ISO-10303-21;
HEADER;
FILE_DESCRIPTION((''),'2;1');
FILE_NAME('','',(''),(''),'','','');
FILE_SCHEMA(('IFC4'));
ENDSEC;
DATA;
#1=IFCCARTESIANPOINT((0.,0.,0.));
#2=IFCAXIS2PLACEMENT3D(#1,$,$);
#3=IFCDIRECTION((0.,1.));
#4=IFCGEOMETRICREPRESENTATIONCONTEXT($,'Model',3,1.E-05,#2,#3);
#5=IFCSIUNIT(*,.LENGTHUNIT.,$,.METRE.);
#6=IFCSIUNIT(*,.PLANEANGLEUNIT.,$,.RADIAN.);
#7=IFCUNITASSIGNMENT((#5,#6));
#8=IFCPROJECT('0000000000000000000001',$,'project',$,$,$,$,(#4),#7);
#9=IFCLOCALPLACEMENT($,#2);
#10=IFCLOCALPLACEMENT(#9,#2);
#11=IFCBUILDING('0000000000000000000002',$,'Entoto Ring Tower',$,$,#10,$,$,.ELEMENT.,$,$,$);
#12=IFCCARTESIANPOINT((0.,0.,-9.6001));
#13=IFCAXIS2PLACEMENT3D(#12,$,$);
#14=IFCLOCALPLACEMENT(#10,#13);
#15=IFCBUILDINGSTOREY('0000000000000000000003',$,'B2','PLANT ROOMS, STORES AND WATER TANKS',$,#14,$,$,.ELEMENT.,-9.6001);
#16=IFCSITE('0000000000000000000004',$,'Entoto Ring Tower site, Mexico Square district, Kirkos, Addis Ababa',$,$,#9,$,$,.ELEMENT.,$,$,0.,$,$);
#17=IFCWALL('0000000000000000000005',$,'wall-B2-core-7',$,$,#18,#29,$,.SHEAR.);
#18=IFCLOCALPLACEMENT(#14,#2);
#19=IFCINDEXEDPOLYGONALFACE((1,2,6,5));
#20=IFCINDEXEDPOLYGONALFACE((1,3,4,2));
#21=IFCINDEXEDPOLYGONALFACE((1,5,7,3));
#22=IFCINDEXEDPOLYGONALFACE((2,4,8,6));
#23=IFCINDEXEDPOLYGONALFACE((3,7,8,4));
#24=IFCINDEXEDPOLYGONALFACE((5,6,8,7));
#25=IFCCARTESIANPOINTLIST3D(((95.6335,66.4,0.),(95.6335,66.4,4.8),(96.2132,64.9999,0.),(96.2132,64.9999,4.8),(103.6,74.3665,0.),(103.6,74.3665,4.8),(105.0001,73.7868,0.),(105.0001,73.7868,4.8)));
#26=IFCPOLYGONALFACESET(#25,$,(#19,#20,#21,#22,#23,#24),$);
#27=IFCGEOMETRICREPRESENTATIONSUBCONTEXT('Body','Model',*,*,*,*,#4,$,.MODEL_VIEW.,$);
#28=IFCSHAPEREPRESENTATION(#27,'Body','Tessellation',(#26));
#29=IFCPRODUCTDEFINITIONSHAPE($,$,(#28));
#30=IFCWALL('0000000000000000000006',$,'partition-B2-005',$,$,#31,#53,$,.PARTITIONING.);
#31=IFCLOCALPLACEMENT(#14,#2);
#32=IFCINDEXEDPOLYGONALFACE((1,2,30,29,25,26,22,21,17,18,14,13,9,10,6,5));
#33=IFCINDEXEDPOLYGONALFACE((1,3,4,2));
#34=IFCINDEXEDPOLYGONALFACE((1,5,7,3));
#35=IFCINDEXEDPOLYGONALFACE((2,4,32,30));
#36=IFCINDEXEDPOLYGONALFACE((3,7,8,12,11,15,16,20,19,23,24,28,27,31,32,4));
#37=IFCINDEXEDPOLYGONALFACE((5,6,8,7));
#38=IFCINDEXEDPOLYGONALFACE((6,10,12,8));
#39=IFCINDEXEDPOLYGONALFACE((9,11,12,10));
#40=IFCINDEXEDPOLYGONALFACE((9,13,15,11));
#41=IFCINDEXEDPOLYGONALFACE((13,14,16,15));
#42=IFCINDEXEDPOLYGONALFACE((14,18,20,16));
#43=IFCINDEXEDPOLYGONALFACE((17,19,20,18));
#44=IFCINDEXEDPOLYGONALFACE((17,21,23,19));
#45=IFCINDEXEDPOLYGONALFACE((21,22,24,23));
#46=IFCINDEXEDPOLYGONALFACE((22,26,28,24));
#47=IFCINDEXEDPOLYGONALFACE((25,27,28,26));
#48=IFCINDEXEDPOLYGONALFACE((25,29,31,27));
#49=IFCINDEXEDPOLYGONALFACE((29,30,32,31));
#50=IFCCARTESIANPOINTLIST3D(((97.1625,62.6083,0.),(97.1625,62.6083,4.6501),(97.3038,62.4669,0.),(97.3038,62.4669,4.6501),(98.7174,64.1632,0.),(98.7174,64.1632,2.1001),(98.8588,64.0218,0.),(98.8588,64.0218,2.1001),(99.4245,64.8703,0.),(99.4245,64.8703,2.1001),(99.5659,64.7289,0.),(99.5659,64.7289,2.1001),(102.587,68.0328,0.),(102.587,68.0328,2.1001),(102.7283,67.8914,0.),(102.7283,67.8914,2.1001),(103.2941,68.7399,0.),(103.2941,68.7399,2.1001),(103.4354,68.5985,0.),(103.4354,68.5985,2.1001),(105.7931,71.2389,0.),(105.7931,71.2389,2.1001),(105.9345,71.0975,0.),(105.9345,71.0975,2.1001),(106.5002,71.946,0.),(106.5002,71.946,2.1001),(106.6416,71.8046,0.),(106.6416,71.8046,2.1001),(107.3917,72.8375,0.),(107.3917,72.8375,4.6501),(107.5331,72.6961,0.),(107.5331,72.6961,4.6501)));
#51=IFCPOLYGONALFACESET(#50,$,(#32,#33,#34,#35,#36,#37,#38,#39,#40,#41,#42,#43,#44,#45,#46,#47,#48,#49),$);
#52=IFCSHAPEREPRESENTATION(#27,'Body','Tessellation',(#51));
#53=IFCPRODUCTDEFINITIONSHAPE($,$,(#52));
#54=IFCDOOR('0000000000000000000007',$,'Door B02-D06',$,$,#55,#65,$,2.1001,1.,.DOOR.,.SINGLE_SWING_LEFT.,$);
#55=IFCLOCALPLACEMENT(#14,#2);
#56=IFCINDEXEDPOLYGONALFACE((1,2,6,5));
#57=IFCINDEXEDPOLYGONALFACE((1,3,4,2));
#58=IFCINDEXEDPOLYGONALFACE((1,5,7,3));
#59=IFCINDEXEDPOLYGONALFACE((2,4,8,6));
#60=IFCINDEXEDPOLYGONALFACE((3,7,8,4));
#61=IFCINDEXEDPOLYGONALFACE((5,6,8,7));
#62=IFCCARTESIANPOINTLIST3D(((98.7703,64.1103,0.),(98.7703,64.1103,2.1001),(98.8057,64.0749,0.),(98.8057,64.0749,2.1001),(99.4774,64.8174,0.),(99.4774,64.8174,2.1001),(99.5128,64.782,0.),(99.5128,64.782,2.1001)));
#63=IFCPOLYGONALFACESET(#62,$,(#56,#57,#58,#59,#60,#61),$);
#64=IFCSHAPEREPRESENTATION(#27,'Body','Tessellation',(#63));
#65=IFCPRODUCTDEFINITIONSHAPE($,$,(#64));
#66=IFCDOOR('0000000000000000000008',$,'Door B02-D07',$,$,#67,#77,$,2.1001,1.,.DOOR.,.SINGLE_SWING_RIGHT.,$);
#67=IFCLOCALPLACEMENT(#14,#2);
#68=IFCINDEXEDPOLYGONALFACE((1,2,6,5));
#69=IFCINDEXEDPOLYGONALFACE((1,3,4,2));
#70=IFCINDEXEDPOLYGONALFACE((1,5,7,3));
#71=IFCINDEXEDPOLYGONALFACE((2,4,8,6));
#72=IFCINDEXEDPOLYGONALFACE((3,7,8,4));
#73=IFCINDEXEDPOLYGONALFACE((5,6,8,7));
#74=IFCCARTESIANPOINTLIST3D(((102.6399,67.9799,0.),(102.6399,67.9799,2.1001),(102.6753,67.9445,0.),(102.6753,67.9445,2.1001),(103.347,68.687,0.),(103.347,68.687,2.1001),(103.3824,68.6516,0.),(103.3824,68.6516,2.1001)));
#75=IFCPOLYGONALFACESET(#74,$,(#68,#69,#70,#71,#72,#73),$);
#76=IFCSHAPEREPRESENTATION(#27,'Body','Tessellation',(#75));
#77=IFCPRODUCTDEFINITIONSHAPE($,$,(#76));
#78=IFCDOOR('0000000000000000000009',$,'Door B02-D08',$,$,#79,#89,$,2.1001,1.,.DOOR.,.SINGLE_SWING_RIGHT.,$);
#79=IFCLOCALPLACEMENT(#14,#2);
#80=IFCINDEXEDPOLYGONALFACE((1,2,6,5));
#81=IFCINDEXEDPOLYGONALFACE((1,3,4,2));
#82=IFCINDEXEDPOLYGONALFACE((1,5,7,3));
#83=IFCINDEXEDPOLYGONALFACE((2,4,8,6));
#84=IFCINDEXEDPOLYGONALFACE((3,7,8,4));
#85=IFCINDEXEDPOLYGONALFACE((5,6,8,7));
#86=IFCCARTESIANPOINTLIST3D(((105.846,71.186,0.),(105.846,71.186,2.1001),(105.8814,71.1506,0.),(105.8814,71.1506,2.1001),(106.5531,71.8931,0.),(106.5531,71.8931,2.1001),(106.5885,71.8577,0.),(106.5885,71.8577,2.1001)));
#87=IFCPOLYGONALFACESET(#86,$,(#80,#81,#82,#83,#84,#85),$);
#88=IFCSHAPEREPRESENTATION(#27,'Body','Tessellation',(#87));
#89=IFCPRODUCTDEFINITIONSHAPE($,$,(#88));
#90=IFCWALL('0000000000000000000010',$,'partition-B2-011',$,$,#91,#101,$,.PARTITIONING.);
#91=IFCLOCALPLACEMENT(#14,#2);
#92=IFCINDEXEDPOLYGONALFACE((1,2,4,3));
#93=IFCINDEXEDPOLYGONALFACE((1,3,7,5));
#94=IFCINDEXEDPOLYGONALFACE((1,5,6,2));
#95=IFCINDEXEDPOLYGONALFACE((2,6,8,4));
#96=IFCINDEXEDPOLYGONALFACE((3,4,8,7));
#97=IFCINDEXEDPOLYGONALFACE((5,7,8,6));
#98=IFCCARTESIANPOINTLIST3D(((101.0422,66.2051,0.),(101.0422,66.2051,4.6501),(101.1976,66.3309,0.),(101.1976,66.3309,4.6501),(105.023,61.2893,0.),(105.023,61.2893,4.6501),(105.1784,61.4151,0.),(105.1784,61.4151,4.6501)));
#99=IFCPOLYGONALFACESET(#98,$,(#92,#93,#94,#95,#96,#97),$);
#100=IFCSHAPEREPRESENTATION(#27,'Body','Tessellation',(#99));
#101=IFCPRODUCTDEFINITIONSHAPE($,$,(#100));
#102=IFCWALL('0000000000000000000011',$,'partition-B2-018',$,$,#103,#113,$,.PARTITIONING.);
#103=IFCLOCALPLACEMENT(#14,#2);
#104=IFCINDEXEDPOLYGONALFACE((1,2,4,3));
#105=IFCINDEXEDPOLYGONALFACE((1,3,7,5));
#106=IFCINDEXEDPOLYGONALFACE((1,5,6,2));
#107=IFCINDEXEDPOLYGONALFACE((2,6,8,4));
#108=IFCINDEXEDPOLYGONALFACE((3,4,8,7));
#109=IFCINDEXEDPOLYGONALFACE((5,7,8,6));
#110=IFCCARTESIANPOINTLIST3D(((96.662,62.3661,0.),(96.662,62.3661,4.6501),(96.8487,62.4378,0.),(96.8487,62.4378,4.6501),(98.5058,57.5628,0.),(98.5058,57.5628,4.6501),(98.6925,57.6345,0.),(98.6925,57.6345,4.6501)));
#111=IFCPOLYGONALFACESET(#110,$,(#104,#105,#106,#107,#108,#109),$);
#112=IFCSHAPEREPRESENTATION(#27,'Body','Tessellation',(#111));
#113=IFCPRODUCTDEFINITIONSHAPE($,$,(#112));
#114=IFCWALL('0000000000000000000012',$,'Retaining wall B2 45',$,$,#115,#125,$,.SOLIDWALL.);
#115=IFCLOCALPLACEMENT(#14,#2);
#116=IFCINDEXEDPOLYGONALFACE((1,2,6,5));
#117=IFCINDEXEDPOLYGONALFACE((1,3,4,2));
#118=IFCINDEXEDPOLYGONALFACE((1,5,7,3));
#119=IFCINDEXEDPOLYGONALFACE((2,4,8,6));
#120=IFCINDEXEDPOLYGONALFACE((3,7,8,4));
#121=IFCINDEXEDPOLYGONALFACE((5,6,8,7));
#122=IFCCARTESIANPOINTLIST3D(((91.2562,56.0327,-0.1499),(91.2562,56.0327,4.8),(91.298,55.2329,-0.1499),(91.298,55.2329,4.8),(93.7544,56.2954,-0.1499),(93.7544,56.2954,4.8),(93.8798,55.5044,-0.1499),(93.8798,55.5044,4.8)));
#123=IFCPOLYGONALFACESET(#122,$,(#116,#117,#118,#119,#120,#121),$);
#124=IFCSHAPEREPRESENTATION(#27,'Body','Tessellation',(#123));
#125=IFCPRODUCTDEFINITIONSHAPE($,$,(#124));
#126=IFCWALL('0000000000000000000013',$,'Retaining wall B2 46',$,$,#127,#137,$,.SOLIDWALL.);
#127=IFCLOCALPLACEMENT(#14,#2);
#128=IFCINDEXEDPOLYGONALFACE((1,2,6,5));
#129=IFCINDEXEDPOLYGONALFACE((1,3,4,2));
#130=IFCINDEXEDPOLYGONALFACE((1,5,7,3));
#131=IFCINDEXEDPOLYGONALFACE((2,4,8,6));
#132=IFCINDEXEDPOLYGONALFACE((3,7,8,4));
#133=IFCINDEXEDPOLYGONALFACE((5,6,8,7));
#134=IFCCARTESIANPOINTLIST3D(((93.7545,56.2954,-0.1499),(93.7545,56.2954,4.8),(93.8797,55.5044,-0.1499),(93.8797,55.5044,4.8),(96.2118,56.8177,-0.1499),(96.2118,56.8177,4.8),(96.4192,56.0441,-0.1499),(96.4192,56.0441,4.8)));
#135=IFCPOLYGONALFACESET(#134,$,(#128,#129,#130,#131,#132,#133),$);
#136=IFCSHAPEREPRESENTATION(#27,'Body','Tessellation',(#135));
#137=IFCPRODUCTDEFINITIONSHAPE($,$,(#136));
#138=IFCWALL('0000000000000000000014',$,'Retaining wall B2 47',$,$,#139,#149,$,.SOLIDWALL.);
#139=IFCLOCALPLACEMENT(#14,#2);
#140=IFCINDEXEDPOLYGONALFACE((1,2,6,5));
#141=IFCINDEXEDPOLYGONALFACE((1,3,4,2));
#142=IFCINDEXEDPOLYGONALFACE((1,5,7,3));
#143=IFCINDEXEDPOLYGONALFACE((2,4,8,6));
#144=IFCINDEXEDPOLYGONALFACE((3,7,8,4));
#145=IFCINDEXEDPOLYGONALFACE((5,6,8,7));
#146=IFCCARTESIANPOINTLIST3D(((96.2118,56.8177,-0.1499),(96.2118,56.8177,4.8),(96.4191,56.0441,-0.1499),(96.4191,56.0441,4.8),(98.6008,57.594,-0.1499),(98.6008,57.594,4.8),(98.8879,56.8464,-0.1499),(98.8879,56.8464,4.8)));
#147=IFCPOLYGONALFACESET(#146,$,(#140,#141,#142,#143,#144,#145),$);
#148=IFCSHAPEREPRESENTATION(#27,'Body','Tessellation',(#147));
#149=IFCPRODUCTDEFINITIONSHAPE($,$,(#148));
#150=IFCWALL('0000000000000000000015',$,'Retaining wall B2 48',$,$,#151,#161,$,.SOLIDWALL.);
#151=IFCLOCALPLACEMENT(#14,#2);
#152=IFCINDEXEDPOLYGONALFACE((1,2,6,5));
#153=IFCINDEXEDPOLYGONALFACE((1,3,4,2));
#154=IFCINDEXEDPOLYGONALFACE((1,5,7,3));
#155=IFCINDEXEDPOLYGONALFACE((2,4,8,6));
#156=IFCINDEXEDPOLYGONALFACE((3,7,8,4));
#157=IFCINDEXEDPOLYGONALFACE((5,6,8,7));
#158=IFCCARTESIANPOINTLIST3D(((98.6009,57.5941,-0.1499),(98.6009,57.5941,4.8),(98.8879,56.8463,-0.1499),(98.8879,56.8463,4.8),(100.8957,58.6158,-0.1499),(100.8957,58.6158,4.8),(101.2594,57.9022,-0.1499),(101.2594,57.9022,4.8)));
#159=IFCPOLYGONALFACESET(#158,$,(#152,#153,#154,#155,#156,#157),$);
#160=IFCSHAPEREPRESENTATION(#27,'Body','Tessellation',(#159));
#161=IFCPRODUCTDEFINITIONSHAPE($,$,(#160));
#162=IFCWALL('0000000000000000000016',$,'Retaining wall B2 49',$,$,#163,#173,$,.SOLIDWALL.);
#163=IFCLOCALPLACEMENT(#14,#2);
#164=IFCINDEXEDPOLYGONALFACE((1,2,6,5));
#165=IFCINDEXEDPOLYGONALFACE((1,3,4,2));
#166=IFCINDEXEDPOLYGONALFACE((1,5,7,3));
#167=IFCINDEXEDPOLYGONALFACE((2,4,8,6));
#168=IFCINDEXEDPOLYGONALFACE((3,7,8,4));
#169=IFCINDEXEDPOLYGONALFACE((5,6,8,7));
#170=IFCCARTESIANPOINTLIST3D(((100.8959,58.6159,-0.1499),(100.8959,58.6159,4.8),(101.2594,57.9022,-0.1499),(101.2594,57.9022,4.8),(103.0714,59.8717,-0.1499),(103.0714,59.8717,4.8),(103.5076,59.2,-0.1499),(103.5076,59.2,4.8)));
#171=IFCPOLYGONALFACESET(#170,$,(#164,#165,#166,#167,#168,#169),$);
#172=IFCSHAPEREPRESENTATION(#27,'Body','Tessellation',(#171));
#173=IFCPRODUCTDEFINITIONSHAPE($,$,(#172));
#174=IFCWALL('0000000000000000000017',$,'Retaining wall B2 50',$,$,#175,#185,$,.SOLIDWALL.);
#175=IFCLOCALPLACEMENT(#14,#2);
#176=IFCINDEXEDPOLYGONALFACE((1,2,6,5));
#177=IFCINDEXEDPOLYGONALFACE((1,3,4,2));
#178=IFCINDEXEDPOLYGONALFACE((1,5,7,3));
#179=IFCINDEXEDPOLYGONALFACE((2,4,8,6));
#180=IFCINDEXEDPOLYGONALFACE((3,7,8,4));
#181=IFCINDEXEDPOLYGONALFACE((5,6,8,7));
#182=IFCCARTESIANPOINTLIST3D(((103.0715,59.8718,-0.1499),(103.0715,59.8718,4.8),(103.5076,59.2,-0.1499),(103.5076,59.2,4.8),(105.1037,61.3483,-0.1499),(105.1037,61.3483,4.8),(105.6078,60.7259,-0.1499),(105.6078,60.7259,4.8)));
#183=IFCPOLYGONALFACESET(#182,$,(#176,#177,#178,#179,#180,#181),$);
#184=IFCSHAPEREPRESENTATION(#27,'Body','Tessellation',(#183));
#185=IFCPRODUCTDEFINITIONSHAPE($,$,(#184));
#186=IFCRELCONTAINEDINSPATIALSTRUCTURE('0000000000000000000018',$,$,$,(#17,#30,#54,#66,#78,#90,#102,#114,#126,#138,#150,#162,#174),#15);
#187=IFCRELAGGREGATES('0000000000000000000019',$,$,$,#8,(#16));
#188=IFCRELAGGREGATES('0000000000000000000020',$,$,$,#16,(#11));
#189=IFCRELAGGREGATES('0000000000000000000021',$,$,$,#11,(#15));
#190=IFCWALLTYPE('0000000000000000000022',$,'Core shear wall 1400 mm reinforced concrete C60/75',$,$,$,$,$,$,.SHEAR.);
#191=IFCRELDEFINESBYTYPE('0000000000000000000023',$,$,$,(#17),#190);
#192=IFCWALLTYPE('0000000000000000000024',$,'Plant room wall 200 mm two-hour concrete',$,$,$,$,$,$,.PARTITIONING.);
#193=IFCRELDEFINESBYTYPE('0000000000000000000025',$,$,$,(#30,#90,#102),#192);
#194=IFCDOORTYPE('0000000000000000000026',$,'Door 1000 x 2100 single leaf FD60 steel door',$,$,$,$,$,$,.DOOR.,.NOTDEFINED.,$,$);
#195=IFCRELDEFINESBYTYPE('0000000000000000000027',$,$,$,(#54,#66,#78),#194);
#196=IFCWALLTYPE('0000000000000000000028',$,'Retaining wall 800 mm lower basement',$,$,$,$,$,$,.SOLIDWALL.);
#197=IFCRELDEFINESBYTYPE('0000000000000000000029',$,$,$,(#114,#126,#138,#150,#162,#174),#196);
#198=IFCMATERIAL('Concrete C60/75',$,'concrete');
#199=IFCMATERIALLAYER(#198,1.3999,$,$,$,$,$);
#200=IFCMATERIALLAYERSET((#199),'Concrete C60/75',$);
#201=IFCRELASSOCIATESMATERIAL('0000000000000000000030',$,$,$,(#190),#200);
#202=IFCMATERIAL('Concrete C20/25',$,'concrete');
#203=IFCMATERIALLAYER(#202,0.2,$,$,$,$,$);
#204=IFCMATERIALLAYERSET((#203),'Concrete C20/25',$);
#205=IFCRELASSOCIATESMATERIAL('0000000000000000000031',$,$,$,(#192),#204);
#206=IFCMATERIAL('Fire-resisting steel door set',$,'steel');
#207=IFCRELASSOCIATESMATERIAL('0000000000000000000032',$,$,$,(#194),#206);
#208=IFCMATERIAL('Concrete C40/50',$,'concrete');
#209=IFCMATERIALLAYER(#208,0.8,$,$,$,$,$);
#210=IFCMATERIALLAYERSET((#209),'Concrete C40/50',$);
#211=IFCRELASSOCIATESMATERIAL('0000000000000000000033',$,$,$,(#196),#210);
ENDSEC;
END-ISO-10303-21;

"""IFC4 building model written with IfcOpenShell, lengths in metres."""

from ifc_helpers import new_model, si_unit, direction, frame, frame_2d, origin, place, context, subcontext, project, spatial, polyline, rectangle, outline, extrude, material, layer, layer_set, type_object, element, fill, save


model = new_model("IFC4")

# Units and contexts
model_context = context("Model", 3, precision=1e-05, world=origin(), true_north=direction((0.0, 1.0)))
body_context = subcontext(model_context, "Body", "Model", "MODEL_VIEW")
ifc_project = project(units=[si_unit("LENGTHUNIT", "METRE"), si_unit("PLANEANGLEUNIT", "RADIAN")], contexts=[model_context])

# Site, building, storey
site_placement = place(None, origin())
site = spatial("IfcSite", under=ifc_project, at=site_placement, Name="Entoto Ring Tower site, Mexico Square district, Kirkos, Addis Ababa", CompositionType="ELEMENT", RefElevation=0.0)
building_placement = place(site_placement, origin())
building = spatial("IfcBuilding", under=site, at=building_placement, Name="Entoto Ring Tower", CompositionType="ELEMENT")
storey_placement = place(building_placement, frame((0.0, 0.0, -9.6001)))
storey = spatial("IfcBuildingStorey", under=building, at=storey_placement, Name="B2", Description="PLANT ROOMS, STORES AND WATER TANKS", CompositionType="ELEMENT", Elevation=-9.6001)

# Wall
ifc_material_1 = material(Name="Concrete C60/75", Category="concrete")
ifc_layer_1 = layer(ifc_material_1, 1.3999)
ifc_layer_set_1 = layer_set([ifc_layer_1], Name="Concrete C60/75")
wall_type_1 = type_object("IfcWallType", Name="Core shear wall 1400 mm reinforced concrete C60/75", PredefinedType="SHEAR", material=ifc_layer_set_1)
wall_1_placement = place(storey_placement, frame((95.9233, 65.7, 0.0), z_axis=(0.0, 0.0, 1.0), x_axis=(0.707107, 0.707107, 0.0)))
element("IfcWall", 1, at=wall_1_placement, inside=storey, type_object=wall_type_1, Name="wall-B2-core-7", PredefinedType="SHEAR", context=body_context, shape_type="SweptSolid", body=[
    extrude(outline(polyline([(-0.29, -0.7), (12.1365, -0.7), (11.5564, 0.7), (0.29, 0.7), (-0.29, -0.7)])), origin(), (0.0, 0.0, 1.0), 4.8),
])

# Wall, openings, doors
ifc_material_2 = material(Name="Concrete C20/25", Category="concrete")
ifc_layer_2 = layer(ifc_material_2, 0.2)
ifc_layer_set_2 = layer_set([ifc_layer_2], Name="Concrete C20/25")
wall_type_2 = type_object("IfcWallType", Name="Plant room wall 200 mm two-hour concrete", PredefinedType="PARTITIONING", material=ifc_layer_set_2)
wall_2_placement = place(storey_placement, frame((97.2332, 62.5376, 0.0), z_axis=(0.0, 0.0, 1.0), x_axis=(0.707107, 0.707107, 0.0)))
wall_2 = element("IfcWall", 2, at=wall_2_placement, inside=storey, type_object=wall_type_2, Name="partition-B2-005", PredefinedType="PARTITIONING", context=body_context, shape_type="SweptSolid", body=[
    extrude(rectangle(XDim=14.4663, YDim=0.2, at=frame_2d((7.2332, 0.0))), origin(), (0.0, 0.0, 1.0), 4.6501),
])
opening_1_placement = place(wall_2_placement, frame((2.199, 0.0, 0.0)))
opening_1 = element("IfcOpeningElement", 3, at=opening_1_placement, cuts=wall_2, PredefinedType="OPENING", context=body_context, shape_type="SweptSolid", body=[
    extrude(rectangle(XDim=1.0, YDim=2.1001, at=frame_2d((0.5, 1.05))), frame((0.0, 0.1099, 0.0), z_axis=(0.0, -1.0, 0.0), x_axis=(1.0, 0.0, 0.0)), (0.0, 0.0, 1.0), 0.22),
])
opening_2_placement = place(wall_2_placement, frame((7.6714, 0.0, 0.0)))
opening_2 = element("IfcOpeningElement", 4, at=opening_2_placement, cuts=wall_2, PredefinedType="OPENING", context=body_context, shape_type="SweptSolid", body=[
    extrude(rectangle(XDim=1.0, YDim=2.1001, at=frame_2d((0.5, 1.05))), frame((0.0, 0.1099, 0.0), z_axis=(0.0, -1.0, 0.0), x_axis=(1.0, 0.0, 0.0)), (0.0, 0.0, 1.0), 0.22),
])
opening_3_placement = place(wall_2_placement, frame((12.2056, 0.0, 0.0)))
opening_3 = element("IfcOpeningElement", 5, at=opening_3_placement, cuts=wall_2, PredefinedType="OPENING", context=body_context, shape_type="SweptSolid", body=[
    extrude(rectangle(XDim=1.0, YDim=2.1001, at=frame_2d((0.5, 1.05))), frame((0.0, 0.1099, 0.0), z_axis=(0.0, -1.0, 0.0), x_axis=(1.0, 0.0, 0.0)), (0.0, 0.0, 1.0), 0.22),
])
ifc_material_3 = material(Name="Fire-resisting steel door set", Category="steel")
door_type = type_object("IfcDoorType", Name="Door 1000 x 2100 single leaf FD60 steel door", OperationType="NOTDEFINED", PredefinedType="DOOR", material=ifc_material_3)
door_1_placement = place(opening_1_placement, frame((1.0, 0.0, 0.0), z_axis=(0.0, 0.0, 1.0), x_axis=(-1.0, 0.0, 0.0)))
door_1 = element("IfcDoor", 6, at=door_1_placement, inside=storey, type_object=door_type, Name="Door B02-D06", OperationType="SINGLE_SWING_LEFT", OverallHeight=2.1001, OverallWidth=1.0, PredefinedType="DOOR", context=body_context, shape_type="SweptSolid", body=[
    extrude(rectangle(XDim=1.0, YDim=2.1001, at=frame_2d((0.5, 1.05))), frame((0.0, 0.0249, 0.0), z_axis=(0.0, -1.0, 0.0), x_axis=(1.0, 0.0, 0.0)), (0.0, 0.0, 1.0), 0.05),
])
fill(opening_1, door_1)
door_2_placement = place(opening_2_placement, frame((1.0, 0.0, 0.0), z_axis=(0.0, 0.0, 1.0), x_axis=(-1.0, 0.0, 0.0)))
door_2 = element("IfcDoor", 7, at=door_2_placement, inside=storey, type_object=door_type, Name="Door B02-D07", OperationType="SINGLE_SWING_RIGHT", OverallHeight=2.1001, OverallWidth=1.0, PredefinedType="DOOR", context=body_context, shape_type="SweptSolid", body=[
    extrude(rectangle(XDim=1.0, YDim=2.1001, at=frame_2d((0.5, 1.05))), frame((0.0, 0.0249, 0.0), z_axis=(0.0, -1.0, 0.0), x_axis=(1.0, 0.0, 0.0)), (0.0, 0.0, 1.0), 0.05),
])
fill(opening_2, door_2)
door_3_placement = place(opening_3_placement, frame((1.0, 0.0, 0.0), z_axis=(0.0, 0.0, 1.0), x_axis=(-1.0, 0.0, 0.0)))
door_3 = element("IfcDoor", 8, at=door_3_placement, inside=storey, type_object=door_type, Name="Door B02-D08", OperationType="SINGLE_SWING_RIGHT", OverallHeight=2.1001, OverallWidth=1.0, PredefinedType="DOOR", context=body_context, shape_type="SweptSolid", body=[
    extrude(rectangle(XDim=1.0, YDim=2.1001, at=frame_2d((0.5, 1.05))), frame((0.0, 0.0249, 0.0), z_axis=(0.0, -1.0, 0.0), x_axis=(1.0, 0.0, 0.0)), (0.0, 0.0, 1.0), 0.05),
])
fill(opening_3, door_3)

# Walls
wall_3_placement = place(storey_placement, frame((105.1006, 61.3523, 0.0), z_axis=(0.0, 0.0, 1.0), x_axis=(-0.62932, 0.777146, 0.0)))
element("IfcWall", 9, at=wall_3_placement, inside=storey, type_object=wall_type_2, Name="partition-B2-011", PredefinedType="PARTITIONING", context=body_context, shape_type="SweptSolid", body=[
    extrude(rectangle(XDim=6.3254, YDim=0.2, at=frame_2d((3.1626, 0.0))), origin(), (0.0, 0.0, 1.0), 4.6501),
])
wall_4_placement = place(storey_placement, frame((98.5991, 57.5986, 0.0), z_axis=(0.0, 0.0, 1.0), x_axis=(-0.358362, 0.933583, 0.0)))
element("IfcWall", 10, at=wall_4_placement, inside=storey, type_object=wall_type_2, Name="partition-B2-018", PredefinedType="PARTITIONING", context=body_context, shape_type="SweptSolid", body=[
    extrude(rectangle(XDim=5.145, YDim=0.2, at=frame_2d((2.5725, 0.0))), origin(), (0.0, 0.0, 1.0), 4.6501),
])
ifc_material_4 = material(Name="Concrete C40/50", Category="concrete")
ifc_layer_3 = layer(ifc_material_4, 0.8)
ifc_layer_set_3 = layer_set([ifc_layer_3], Name="Concrete C40/50")
wall_type_3 = type_object("IfcWallType", Name="Retaining wall 800 mm lower basement", PredefinedType="SOLIDWALL", material=ifc_layer_set_3)
wall_5_placement = place(storey_placement, frame((91.2771, 55.6328, -0.1499), z_axis=(0.0, 0.0, 1.0), x_axis=(0.994517, 0.104575, 0.0)))
element("IfcWall", 11, at=wall_5_placement, inside=storey, type_object=wall_type_3, Name="Retaining wall B2 45", PredefinedType="SOLIDWALL", context=body_context, shape_type="SweptSolid", body=[
    extrude(outline(polyline([(-0.021, -0.3999), (2.575, -0.3999), (2.533, 0.3999), (0.021, 0.3999), (-0.021, -0.3999)])), origin(), (0.0, 0.0, 1.0), 4.95),
])
wall_6_placement = place(storey_placement, frame((93.8171, 55.8999, -0.1499), z_axis=(0.0, 0.0, 1.0), x_axis=(0.978149, 0.207903, 0.0)))
element("IfcWall", 12, at=wall_6_placement, inside=storey, type_object=wall_type_3, Name="Retaining wall B2 46", PredefinedType="SOLIDWALL", context=body_context, shape_type="SweptSolid", body=[
    extrude(outline(polyline([(-0.021, -0.3999), (2.5752, -0.3999), (2.5332, 0.3999), (0.021, 0.3999), (-0.021, -0.3999)])), origin(), (0.0, 0.0, 1.0), 4.95),
])
for number, where, z_axis, x_axis, name in (
    (13, (96.3154, 56.4309, -0.1499), (0.0, 0.0, 1.0), (0.951046, 0.309049, 0.0), "Retaining wall B2 47"),
    (14, (98.7444, 57.2202, -0.1499), (0.0, 0.0, 1.0), (0.913547, 0.406733, 0.0), "Retaining wall B2 48"),
    (15, (101.0776, 58.259, -0.1499), (0.0, 0.0, 1.0), (0.866058, 0.499943, 0.0), "Retaining wall B2 49"),
    (16, (103.2896, 59.5359, -0.1499), (0.0, 0.0, 1.0), (0.809005, 0.587802, 0.0), "Retaining wall B2 50"),
):
    element("IfcWall", number, at=place(storey_placement, frame(where, z_axis=z_axis, x_axis=x_axis)), inside=storey, type_object=wall_type_3, Name=name, PredefinedType="SOLIDWALL", context=body_context, shape_type="SweptSolid", body=[
        extrude(outline(polyline([(-0.021, -0.3999), (2.575, -0.3999), (2.533, 0.3999), (0.021, 0.3999), (-0.021, -0.3999)])), origin(), (0.0, 0.0, 1.0), 4.95),
    ])

save(model, "model.ifc")
